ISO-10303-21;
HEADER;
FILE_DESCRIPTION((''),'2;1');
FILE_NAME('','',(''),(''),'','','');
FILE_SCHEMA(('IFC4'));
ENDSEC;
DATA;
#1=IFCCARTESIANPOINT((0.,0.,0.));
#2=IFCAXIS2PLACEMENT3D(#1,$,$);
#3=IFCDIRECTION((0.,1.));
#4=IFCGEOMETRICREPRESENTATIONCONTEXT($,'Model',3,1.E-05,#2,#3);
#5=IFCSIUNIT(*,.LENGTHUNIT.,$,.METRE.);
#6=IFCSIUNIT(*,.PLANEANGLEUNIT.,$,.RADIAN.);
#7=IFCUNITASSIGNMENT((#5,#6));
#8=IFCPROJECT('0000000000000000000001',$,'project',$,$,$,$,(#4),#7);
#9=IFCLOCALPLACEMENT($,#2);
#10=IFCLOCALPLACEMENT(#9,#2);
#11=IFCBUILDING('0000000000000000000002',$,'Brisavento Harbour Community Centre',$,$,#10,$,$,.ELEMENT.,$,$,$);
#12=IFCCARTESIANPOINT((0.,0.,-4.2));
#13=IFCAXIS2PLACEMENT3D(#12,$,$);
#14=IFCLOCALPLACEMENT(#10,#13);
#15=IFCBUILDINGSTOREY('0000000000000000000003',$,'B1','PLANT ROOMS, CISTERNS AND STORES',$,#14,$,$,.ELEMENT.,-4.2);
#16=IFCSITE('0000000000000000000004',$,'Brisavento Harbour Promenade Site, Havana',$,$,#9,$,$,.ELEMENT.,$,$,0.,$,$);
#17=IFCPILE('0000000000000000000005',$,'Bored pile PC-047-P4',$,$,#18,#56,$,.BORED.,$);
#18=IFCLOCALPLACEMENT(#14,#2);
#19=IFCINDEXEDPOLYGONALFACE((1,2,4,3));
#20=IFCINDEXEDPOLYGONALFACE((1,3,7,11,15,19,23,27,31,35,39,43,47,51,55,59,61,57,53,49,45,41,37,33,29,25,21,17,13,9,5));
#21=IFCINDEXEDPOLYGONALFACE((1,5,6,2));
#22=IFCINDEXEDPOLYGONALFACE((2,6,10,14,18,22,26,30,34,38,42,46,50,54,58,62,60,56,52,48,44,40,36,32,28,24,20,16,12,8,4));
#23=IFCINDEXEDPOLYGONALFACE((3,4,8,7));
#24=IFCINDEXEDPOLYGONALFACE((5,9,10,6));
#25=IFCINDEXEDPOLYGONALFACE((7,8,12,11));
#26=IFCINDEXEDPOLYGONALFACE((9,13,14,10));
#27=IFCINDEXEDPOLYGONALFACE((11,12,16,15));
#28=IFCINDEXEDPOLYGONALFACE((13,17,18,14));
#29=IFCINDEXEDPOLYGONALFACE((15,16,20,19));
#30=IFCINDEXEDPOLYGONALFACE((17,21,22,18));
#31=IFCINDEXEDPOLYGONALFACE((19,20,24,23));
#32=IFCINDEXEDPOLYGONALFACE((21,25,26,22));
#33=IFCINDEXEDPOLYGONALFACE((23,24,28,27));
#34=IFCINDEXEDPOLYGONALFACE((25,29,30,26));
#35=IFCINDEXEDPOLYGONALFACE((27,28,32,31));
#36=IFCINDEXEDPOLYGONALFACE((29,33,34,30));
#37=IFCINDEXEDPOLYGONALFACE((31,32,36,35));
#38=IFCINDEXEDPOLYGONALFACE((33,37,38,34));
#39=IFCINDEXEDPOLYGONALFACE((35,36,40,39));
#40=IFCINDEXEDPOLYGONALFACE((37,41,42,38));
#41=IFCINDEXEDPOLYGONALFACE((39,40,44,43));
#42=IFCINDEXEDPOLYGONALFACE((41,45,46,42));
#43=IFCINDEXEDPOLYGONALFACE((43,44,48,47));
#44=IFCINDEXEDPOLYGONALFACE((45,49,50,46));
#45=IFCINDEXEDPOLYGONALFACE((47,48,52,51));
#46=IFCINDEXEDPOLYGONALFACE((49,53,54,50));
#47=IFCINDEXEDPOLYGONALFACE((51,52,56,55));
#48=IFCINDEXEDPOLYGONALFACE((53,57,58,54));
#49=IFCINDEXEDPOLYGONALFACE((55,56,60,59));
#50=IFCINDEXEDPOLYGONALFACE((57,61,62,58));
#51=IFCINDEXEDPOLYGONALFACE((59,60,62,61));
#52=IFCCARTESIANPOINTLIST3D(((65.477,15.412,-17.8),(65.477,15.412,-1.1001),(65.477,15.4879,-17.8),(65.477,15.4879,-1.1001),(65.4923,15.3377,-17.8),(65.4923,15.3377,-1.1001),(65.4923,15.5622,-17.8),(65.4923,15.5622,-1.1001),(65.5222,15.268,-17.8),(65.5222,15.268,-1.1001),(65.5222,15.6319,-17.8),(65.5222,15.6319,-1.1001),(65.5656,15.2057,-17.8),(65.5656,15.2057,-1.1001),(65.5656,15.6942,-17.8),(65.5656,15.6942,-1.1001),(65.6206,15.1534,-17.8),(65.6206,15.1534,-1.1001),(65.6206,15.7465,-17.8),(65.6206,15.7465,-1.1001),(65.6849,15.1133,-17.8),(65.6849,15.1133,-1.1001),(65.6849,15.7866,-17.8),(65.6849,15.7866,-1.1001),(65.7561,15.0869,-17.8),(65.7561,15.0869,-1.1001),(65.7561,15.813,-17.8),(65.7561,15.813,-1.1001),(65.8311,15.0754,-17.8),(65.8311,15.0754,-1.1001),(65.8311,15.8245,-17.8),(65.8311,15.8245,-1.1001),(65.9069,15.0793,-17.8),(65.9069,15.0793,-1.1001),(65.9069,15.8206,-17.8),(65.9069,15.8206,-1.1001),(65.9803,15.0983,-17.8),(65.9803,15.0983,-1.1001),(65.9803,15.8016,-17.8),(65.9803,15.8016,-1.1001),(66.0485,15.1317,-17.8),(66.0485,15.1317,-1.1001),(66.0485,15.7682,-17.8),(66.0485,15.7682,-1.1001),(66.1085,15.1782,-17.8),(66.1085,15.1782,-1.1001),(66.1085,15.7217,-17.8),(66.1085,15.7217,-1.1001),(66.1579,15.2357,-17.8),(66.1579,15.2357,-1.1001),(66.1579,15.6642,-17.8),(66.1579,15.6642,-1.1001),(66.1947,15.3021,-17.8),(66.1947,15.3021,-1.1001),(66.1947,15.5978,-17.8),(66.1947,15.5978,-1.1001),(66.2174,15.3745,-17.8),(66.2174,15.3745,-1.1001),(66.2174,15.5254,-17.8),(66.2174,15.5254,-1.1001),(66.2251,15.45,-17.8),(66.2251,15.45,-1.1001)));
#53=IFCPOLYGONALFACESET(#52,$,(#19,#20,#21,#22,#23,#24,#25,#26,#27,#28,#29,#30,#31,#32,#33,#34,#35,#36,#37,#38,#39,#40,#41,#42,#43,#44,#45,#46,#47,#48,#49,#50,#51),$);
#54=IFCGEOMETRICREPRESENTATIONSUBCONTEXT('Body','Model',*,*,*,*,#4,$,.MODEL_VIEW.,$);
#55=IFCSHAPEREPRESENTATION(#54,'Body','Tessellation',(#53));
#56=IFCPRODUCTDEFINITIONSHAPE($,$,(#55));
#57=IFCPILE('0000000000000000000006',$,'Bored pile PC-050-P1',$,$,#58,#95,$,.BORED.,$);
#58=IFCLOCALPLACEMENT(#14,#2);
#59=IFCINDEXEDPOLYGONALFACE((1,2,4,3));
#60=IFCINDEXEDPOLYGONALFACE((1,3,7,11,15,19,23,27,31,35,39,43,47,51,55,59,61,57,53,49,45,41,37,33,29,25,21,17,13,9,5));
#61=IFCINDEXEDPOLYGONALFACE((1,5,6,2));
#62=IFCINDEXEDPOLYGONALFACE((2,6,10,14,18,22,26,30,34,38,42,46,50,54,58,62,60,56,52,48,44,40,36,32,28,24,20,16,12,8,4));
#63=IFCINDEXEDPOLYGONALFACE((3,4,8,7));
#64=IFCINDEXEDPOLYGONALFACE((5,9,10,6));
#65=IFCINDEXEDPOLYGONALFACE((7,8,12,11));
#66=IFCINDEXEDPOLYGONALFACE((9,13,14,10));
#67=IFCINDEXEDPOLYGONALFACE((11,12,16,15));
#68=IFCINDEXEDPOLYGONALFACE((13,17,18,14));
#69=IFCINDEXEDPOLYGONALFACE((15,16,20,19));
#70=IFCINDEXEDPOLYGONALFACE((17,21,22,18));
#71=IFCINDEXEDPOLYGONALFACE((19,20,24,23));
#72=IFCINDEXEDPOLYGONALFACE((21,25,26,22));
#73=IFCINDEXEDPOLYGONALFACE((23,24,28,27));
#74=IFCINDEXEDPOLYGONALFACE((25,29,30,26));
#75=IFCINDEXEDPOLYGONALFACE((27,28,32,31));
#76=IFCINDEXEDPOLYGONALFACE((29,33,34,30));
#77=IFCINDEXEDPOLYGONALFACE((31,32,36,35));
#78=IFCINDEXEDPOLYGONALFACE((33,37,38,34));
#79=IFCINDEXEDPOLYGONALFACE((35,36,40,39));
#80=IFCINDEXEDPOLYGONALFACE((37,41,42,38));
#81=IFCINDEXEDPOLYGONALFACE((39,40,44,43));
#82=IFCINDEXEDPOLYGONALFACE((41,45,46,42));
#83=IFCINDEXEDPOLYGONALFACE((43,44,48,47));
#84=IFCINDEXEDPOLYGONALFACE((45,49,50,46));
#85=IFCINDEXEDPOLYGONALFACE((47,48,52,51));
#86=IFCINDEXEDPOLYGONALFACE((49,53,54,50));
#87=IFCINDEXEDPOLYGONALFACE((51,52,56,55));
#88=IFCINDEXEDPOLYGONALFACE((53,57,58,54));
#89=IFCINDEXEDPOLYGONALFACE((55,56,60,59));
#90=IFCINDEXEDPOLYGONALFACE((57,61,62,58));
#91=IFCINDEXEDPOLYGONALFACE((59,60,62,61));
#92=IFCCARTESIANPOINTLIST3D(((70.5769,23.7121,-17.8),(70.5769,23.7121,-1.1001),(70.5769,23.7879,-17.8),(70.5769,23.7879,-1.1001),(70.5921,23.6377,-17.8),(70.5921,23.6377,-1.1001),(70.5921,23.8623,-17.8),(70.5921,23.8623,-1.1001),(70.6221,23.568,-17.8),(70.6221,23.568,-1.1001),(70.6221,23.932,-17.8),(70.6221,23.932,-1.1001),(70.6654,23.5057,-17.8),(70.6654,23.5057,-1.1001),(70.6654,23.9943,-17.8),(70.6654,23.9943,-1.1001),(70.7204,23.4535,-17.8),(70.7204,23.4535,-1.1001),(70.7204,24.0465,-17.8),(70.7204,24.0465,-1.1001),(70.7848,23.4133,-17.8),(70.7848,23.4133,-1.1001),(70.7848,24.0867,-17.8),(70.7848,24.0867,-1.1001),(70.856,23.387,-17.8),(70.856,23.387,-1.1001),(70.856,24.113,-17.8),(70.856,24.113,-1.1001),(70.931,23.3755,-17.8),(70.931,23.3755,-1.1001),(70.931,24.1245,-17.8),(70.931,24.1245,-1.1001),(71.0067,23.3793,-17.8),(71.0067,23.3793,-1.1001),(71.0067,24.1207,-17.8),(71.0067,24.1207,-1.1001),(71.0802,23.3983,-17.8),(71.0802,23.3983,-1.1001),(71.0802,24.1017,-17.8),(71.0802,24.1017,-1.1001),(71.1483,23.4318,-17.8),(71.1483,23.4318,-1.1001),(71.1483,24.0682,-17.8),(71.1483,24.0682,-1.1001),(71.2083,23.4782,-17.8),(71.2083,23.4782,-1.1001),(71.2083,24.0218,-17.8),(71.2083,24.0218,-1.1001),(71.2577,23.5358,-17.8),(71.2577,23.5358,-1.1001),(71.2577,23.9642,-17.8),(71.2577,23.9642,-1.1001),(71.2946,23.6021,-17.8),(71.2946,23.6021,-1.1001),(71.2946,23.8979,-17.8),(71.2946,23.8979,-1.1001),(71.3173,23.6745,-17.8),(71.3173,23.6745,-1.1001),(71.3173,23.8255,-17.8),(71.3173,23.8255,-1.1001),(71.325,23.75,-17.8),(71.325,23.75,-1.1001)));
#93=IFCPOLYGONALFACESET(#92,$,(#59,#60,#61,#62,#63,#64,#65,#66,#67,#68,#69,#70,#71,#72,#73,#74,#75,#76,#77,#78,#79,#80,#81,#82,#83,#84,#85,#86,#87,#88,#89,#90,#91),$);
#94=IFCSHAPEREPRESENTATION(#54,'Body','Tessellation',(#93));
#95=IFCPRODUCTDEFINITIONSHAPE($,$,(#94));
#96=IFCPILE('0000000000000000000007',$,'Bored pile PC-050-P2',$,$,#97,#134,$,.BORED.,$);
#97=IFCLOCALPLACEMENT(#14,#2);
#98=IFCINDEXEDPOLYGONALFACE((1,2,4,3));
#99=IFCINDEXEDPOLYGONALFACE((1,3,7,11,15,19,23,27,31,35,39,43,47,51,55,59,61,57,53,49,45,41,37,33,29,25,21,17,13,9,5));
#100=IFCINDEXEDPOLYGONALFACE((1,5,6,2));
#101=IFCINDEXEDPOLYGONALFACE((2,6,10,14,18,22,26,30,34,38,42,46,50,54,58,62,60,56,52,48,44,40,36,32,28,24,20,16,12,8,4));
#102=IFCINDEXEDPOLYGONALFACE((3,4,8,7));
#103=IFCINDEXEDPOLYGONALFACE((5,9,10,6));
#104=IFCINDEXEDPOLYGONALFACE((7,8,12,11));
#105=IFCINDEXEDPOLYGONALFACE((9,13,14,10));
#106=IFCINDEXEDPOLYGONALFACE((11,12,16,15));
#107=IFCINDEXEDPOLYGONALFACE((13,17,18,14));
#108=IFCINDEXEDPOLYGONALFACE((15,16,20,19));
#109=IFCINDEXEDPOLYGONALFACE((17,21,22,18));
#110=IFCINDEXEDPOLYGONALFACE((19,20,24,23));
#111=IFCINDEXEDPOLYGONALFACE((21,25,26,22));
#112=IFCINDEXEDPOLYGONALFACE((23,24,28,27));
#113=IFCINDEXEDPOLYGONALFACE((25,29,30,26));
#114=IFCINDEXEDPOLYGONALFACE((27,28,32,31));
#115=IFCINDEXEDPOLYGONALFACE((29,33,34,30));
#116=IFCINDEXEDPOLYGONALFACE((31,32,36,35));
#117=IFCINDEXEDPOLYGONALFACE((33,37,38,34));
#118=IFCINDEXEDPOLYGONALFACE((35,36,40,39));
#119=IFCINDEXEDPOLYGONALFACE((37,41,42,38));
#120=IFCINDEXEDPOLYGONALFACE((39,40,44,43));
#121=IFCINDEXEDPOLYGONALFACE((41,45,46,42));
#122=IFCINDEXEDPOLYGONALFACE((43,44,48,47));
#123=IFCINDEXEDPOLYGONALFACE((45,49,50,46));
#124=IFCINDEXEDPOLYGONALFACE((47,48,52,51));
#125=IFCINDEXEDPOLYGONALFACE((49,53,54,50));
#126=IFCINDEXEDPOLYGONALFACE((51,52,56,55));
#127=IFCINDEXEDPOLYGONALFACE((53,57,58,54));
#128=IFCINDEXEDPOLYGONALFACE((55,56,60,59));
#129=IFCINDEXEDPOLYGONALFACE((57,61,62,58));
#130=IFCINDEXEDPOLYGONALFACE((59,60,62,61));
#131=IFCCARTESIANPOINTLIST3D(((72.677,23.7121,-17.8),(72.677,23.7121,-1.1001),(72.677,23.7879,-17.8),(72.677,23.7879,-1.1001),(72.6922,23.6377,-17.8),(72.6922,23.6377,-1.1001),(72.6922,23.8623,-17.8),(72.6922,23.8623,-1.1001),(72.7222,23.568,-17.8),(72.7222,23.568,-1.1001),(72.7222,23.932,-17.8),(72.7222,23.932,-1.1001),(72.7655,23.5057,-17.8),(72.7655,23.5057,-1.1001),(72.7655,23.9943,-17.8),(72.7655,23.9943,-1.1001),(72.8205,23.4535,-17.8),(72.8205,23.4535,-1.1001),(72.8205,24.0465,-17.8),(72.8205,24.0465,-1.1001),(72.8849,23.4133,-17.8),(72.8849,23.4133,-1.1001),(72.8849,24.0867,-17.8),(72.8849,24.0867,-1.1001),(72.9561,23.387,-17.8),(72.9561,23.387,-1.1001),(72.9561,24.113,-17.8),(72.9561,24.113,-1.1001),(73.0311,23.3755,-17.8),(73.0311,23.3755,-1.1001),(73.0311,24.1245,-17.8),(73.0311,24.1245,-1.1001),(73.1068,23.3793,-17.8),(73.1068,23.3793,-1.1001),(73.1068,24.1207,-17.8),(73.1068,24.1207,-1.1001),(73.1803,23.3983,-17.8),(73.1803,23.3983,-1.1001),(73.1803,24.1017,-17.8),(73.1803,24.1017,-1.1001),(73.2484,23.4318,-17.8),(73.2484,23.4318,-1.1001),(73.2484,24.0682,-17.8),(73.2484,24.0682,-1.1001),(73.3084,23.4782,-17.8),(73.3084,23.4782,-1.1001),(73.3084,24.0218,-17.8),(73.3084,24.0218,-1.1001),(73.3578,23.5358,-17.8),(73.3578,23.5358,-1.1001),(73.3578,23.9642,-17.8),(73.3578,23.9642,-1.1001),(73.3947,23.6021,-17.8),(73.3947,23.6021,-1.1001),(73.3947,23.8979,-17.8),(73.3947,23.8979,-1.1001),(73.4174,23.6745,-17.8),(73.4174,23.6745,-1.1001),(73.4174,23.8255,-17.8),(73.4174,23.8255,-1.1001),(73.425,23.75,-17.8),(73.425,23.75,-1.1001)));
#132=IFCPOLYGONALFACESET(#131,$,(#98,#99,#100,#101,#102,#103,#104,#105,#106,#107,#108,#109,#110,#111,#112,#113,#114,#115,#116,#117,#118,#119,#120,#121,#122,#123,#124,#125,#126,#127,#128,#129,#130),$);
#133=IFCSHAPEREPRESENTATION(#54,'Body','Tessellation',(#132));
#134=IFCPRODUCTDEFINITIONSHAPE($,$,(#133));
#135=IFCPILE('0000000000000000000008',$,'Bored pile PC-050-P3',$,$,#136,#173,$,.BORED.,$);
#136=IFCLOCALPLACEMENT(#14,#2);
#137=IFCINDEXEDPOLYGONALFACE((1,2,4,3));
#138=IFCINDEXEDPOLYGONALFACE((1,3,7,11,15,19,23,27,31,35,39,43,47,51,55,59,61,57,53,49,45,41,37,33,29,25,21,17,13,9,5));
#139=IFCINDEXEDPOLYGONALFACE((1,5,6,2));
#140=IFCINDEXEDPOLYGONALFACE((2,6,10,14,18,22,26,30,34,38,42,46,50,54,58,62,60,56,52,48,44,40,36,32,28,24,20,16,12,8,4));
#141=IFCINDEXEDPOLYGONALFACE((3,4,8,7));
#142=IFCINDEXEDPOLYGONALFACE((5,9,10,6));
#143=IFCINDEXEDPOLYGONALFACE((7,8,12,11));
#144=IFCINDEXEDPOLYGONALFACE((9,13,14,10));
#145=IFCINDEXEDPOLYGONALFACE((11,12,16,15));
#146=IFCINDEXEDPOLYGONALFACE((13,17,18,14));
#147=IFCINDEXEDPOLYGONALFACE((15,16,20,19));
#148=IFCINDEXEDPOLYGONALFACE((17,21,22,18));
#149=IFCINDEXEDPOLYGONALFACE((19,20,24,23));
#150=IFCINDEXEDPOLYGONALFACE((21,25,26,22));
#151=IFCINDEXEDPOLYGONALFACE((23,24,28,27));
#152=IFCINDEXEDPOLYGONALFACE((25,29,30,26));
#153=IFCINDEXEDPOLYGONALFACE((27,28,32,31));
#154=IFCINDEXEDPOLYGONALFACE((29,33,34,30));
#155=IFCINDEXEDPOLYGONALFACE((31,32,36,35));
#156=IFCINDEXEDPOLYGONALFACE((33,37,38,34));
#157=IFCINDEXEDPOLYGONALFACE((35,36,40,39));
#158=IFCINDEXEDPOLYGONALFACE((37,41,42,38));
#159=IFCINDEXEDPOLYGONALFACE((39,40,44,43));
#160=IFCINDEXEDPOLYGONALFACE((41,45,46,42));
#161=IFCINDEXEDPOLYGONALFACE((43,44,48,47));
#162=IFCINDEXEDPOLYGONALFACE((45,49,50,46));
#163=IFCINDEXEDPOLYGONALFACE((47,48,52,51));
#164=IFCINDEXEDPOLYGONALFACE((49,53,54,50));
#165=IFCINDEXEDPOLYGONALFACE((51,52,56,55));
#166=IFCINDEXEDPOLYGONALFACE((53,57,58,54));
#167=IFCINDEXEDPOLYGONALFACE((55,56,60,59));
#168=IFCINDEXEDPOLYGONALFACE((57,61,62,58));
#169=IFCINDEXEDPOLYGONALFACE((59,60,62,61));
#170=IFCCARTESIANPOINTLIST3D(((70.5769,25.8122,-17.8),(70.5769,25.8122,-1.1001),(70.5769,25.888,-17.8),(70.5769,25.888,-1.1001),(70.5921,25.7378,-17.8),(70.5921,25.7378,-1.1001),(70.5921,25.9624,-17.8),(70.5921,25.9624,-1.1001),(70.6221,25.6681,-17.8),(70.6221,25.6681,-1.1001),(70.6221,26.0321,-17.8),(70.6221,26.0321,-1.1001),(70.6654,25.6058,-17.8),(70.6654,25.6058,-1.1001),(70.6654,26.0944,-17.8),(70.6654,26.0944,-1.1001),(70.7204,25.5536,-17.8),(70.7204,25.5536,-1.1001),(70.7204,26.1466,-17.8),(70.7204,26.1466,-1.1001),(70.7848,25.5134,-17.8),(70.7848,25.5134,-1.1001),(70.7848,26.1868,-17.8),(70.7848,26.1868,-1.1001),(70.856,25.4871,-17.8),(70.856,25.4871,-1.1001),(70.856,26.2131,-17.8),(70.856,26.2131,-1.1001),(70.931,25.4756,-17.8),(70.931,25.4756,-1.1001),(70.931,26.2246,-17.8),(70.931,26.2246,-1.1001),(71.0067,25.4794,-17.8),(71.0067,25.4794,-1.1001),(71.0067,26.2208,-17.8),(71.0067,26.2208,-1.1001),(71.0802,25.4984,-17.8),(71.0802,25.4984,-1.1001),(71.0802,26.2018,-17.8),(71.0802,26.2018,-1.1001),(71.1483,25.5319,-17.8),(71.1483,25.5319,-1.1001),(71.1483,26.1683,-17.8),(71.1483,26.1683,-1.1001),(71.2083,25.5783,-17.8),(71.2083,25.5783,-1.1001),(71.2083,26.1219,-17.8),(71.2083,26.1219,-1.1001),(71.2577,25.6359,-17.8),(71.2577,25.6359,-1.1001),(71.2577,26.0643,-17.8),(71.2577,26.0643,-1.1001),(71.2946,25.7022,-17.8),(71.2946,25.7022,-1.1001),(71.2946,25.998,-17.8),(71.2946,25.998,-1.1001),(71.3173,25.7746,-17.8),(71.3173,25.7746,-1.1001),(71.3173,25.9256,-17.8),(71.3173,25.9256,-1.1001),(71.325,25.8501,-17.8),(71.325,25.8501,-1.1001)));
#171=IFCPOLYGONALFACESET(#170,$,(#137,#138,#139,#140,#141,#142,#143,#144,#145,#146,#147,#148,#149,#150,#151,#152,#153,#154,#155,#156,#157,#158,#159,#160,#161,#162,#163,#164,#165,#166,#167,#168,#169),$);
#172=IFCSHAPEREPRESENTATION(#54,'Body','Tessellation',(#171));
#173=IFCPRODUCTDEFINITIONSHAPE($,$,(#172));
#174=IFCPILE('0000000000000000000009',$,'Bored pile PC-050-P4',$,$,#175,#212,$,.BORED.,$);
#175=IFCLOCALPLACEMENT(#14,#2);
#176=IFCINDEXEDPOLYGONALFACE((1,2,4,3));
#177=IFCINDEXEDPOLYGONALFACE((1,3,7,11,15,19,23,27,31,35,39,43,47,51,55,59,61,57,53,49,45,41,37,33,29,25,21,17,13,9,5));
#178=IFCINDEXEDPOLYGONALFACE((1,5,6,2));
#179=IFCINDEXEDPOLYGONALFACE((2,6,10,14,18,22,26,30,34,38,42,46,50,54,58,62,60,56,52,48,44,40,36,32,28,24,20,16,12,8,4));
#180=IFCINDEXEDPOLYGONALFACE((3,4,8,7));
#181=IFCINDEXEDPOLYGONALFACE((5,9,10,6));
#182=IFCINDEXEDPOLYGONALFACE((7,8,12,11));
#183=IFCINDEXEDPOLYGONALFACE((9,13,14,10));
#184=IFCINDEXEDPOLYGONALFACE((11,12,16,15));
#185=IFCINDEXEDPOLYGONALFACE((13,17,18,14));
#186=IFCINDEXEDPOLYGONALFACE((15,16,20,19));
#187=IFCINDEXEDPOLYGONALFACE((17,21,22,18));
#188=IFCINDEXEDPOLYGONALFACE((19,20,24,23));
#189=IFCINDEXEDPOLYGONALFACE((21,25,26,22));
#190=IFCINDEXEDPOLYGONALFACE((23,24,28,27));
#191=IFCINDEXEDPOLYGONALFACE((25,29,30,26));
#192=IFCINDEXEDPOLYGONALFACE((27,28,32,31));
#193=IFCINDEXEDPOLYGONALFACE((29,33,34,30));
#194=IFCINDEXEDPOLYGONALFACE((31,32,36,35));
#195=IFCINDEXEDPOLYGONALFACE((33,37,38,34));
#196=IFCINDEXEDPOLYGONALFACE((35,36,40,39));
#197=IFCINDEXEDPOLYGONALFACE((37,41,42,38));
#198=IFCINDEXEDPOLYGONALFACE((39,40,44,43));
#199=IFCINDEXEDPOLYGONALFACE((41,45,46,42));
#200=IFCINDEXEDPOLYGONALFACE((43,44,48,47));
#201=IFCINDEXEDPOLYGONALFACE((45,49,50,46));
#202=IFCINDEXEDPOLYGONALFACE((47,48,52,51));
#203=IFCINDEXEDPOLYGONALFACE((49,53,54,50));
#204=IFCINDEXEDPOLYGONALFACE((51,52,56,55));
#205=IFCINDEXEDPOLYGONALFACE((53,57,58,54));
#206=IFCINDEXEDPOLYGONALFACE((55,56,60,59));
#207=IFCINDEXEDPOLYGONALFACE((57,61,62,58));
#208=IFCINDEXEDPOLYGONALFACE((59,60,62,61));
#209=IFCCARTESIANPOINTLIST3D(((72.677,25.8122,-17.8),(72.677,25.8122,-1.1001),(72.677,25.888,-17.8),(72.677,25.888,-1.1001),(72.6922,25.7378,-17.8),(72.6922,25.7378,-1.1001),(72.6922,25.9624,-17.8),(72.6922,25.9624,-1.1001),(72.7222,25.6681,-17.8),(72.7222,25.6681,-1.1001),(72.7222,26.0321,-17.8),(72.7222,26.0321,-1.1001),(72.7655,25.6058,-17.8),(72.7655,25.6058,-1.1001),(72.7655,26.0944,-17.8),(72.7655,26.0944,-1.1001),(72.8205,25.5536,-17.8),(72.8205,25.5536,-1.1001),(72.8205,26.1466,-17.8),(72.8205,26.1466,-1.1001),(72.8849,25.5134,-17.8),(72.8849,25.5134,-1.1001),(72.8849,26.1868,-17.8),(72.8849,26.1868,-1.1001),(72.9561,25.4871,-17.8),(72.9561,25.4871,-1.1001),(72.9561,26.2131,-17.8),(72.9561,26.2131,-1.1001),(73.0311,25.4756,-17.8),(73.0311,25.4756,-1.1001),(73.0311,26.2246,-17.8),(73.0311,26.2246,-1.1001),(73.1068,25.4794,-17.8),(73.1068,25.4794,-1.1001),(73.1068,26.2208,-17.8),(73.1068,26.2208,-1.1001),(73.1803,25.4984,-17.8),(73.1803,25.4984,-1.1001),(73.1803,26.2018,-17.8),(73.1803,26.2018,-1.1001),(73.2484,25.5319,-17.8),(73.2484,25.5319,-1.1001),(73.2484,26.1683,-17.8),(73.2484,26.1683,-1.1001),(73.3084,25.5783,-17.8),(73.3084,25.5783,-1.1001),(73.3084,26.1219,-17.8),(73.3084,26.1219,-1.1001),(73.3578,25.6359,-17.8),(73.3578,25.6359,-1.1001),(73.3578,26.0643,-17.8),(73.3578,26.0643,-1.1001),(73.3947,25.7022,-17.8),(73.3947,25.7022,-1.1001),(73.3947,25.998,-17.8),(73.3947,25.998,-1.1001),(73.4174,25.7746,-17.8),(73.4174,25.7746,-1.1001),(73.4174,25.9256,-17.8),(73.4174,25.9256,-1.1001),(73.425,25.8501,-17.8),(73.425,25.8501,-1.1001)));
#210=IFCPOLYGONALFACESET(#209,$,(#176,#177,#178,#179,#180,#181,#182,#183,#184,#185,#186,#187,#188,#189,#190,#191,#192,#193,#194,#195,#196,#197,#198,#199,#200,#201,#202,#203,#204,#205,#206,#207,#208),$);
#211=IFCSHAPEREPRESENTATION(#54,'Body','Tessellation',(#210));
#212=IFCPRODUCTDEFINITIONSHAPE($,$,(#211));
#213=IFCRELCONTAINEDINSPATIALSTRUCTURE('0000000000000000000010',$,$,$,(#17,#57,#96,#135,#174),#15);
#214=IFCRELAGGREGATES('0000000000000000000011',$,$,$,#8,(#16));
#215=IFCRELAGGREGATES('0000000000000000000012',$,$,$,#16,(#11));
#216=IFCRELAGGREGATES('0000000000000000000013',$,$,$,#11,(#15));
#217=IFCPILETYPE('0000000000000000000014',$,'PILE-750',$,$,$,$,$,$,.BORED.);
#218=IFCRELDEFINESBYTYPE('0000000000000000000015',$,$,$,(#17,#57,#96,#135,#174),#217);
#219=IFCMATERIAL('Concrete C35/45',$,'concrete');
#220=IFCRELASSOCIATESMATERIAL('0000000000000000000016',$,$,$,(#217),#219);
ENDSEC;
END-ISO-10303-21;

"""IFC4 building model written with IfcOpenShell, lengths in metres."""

from ifc_helpers import new_model, si_unit, direction, frame, origin, origin_2d, place, context, subcontext, project, spatial, circle, extrude, material, material_profile, profile_set, type_object, element, save


model = new_model("IFC4")

# Units and contexts
model_context = context("Model", 3, precision=1e-05, world=origin(), true_north=direction((0.0, 1.0)))
body_context = subcontext(model_context, "Body", "Model", "MODEL_VIEW")
ifc_project = project(units=[si_unit("LENGTHUNIT", "METRE"), si_unit("PLANEANGLEUNIT", "RADIAN")], contexts=[model_context])

# Site, building, storey
site_placement = place(None, origin())
site = spatial("IfcSite", under=ifc_project, at=site_placement, Name="Brisavento Harbour Promenade Site, Havana", CompositionType="ELEMENT", RefElevation=0.0)
building_placement = place(site_placement, origin())
building = spatial("IfcBuilding", under=site, at=building_placement, Name="Brisavento Harbour Community Centre", CompositionType="ELEMENT")
storey_placement = place(building_placement, frame((0.0, 0.0, -4.2)))
storey = spatial("IfcBuildingStorey", under=building, at=storey_placement, Name="B1", Description="PLANT ROOMS, CISTERNS AND STORES", CompositionType="ELEMENT", Elevation=-4.2)

# Shared definitions
ifc_material_1 = material(Name="Concrete C35/45", Category="concrete")

# Piles
ifc_material_profile_1 = material_profile(ifc_material_1, circle(Radius=0.375, at=origin_2d()), Name="Concrete C35/45")
ifc_profile_set_1 = profile_set([ifc_material_profile_1], Name="Concrete C35/45")
pile_type = type_object("IfcPileType", Name="PILE-750", PredefinedType="BORED", material=ifc_profile_set_1)
for number, where, z_axis, x_axis, name in (
    (1, (65.8501, 15.45, -1.1001), (0.0, 0.0, -1.0), (1.0, 0.0, 0.0), "Bored pile PC-047-P4"),
    (2, (70.95, 23.75, -1.1001), (0.0, 0.0, -1.0), (1.0, 0.0, 0.0), "Bored pile PC-050-P1"),
    (3, (73.05, 23.75, -1.1001), (0.0, 0.0, -1.0), (1.0, 0.0, 0.0), "Bored pile PC-050-P2"),
    (4, (70.95, 25.8501, -1.1001), (0.0, 0.0, -1.0), (1.0, 0.0, 0.0), "Bored pile PC-050-P3"),
    (5, (73.05, 25.8501, -1.1001), (0.0, 0.0, -1.0), (1.0, 0.0, 0.0), "Bored pile PC-050-P4"),
):
    element("IfcPile", number, at=place(storey_placement, frame(where, z_axis=z_axis, x_axis=x_axis)), inside=storey, type_object=pile_type, Name=name, PredefinedType="BORED", context=body_context, shape_type="SweptSolid", body=[
        extrude(circle(Radius=0.375, at=origin_2d()), origin(), (0.0, 0.0, 1.0), 16.7),
    ])

save(model, "model.ifc")
